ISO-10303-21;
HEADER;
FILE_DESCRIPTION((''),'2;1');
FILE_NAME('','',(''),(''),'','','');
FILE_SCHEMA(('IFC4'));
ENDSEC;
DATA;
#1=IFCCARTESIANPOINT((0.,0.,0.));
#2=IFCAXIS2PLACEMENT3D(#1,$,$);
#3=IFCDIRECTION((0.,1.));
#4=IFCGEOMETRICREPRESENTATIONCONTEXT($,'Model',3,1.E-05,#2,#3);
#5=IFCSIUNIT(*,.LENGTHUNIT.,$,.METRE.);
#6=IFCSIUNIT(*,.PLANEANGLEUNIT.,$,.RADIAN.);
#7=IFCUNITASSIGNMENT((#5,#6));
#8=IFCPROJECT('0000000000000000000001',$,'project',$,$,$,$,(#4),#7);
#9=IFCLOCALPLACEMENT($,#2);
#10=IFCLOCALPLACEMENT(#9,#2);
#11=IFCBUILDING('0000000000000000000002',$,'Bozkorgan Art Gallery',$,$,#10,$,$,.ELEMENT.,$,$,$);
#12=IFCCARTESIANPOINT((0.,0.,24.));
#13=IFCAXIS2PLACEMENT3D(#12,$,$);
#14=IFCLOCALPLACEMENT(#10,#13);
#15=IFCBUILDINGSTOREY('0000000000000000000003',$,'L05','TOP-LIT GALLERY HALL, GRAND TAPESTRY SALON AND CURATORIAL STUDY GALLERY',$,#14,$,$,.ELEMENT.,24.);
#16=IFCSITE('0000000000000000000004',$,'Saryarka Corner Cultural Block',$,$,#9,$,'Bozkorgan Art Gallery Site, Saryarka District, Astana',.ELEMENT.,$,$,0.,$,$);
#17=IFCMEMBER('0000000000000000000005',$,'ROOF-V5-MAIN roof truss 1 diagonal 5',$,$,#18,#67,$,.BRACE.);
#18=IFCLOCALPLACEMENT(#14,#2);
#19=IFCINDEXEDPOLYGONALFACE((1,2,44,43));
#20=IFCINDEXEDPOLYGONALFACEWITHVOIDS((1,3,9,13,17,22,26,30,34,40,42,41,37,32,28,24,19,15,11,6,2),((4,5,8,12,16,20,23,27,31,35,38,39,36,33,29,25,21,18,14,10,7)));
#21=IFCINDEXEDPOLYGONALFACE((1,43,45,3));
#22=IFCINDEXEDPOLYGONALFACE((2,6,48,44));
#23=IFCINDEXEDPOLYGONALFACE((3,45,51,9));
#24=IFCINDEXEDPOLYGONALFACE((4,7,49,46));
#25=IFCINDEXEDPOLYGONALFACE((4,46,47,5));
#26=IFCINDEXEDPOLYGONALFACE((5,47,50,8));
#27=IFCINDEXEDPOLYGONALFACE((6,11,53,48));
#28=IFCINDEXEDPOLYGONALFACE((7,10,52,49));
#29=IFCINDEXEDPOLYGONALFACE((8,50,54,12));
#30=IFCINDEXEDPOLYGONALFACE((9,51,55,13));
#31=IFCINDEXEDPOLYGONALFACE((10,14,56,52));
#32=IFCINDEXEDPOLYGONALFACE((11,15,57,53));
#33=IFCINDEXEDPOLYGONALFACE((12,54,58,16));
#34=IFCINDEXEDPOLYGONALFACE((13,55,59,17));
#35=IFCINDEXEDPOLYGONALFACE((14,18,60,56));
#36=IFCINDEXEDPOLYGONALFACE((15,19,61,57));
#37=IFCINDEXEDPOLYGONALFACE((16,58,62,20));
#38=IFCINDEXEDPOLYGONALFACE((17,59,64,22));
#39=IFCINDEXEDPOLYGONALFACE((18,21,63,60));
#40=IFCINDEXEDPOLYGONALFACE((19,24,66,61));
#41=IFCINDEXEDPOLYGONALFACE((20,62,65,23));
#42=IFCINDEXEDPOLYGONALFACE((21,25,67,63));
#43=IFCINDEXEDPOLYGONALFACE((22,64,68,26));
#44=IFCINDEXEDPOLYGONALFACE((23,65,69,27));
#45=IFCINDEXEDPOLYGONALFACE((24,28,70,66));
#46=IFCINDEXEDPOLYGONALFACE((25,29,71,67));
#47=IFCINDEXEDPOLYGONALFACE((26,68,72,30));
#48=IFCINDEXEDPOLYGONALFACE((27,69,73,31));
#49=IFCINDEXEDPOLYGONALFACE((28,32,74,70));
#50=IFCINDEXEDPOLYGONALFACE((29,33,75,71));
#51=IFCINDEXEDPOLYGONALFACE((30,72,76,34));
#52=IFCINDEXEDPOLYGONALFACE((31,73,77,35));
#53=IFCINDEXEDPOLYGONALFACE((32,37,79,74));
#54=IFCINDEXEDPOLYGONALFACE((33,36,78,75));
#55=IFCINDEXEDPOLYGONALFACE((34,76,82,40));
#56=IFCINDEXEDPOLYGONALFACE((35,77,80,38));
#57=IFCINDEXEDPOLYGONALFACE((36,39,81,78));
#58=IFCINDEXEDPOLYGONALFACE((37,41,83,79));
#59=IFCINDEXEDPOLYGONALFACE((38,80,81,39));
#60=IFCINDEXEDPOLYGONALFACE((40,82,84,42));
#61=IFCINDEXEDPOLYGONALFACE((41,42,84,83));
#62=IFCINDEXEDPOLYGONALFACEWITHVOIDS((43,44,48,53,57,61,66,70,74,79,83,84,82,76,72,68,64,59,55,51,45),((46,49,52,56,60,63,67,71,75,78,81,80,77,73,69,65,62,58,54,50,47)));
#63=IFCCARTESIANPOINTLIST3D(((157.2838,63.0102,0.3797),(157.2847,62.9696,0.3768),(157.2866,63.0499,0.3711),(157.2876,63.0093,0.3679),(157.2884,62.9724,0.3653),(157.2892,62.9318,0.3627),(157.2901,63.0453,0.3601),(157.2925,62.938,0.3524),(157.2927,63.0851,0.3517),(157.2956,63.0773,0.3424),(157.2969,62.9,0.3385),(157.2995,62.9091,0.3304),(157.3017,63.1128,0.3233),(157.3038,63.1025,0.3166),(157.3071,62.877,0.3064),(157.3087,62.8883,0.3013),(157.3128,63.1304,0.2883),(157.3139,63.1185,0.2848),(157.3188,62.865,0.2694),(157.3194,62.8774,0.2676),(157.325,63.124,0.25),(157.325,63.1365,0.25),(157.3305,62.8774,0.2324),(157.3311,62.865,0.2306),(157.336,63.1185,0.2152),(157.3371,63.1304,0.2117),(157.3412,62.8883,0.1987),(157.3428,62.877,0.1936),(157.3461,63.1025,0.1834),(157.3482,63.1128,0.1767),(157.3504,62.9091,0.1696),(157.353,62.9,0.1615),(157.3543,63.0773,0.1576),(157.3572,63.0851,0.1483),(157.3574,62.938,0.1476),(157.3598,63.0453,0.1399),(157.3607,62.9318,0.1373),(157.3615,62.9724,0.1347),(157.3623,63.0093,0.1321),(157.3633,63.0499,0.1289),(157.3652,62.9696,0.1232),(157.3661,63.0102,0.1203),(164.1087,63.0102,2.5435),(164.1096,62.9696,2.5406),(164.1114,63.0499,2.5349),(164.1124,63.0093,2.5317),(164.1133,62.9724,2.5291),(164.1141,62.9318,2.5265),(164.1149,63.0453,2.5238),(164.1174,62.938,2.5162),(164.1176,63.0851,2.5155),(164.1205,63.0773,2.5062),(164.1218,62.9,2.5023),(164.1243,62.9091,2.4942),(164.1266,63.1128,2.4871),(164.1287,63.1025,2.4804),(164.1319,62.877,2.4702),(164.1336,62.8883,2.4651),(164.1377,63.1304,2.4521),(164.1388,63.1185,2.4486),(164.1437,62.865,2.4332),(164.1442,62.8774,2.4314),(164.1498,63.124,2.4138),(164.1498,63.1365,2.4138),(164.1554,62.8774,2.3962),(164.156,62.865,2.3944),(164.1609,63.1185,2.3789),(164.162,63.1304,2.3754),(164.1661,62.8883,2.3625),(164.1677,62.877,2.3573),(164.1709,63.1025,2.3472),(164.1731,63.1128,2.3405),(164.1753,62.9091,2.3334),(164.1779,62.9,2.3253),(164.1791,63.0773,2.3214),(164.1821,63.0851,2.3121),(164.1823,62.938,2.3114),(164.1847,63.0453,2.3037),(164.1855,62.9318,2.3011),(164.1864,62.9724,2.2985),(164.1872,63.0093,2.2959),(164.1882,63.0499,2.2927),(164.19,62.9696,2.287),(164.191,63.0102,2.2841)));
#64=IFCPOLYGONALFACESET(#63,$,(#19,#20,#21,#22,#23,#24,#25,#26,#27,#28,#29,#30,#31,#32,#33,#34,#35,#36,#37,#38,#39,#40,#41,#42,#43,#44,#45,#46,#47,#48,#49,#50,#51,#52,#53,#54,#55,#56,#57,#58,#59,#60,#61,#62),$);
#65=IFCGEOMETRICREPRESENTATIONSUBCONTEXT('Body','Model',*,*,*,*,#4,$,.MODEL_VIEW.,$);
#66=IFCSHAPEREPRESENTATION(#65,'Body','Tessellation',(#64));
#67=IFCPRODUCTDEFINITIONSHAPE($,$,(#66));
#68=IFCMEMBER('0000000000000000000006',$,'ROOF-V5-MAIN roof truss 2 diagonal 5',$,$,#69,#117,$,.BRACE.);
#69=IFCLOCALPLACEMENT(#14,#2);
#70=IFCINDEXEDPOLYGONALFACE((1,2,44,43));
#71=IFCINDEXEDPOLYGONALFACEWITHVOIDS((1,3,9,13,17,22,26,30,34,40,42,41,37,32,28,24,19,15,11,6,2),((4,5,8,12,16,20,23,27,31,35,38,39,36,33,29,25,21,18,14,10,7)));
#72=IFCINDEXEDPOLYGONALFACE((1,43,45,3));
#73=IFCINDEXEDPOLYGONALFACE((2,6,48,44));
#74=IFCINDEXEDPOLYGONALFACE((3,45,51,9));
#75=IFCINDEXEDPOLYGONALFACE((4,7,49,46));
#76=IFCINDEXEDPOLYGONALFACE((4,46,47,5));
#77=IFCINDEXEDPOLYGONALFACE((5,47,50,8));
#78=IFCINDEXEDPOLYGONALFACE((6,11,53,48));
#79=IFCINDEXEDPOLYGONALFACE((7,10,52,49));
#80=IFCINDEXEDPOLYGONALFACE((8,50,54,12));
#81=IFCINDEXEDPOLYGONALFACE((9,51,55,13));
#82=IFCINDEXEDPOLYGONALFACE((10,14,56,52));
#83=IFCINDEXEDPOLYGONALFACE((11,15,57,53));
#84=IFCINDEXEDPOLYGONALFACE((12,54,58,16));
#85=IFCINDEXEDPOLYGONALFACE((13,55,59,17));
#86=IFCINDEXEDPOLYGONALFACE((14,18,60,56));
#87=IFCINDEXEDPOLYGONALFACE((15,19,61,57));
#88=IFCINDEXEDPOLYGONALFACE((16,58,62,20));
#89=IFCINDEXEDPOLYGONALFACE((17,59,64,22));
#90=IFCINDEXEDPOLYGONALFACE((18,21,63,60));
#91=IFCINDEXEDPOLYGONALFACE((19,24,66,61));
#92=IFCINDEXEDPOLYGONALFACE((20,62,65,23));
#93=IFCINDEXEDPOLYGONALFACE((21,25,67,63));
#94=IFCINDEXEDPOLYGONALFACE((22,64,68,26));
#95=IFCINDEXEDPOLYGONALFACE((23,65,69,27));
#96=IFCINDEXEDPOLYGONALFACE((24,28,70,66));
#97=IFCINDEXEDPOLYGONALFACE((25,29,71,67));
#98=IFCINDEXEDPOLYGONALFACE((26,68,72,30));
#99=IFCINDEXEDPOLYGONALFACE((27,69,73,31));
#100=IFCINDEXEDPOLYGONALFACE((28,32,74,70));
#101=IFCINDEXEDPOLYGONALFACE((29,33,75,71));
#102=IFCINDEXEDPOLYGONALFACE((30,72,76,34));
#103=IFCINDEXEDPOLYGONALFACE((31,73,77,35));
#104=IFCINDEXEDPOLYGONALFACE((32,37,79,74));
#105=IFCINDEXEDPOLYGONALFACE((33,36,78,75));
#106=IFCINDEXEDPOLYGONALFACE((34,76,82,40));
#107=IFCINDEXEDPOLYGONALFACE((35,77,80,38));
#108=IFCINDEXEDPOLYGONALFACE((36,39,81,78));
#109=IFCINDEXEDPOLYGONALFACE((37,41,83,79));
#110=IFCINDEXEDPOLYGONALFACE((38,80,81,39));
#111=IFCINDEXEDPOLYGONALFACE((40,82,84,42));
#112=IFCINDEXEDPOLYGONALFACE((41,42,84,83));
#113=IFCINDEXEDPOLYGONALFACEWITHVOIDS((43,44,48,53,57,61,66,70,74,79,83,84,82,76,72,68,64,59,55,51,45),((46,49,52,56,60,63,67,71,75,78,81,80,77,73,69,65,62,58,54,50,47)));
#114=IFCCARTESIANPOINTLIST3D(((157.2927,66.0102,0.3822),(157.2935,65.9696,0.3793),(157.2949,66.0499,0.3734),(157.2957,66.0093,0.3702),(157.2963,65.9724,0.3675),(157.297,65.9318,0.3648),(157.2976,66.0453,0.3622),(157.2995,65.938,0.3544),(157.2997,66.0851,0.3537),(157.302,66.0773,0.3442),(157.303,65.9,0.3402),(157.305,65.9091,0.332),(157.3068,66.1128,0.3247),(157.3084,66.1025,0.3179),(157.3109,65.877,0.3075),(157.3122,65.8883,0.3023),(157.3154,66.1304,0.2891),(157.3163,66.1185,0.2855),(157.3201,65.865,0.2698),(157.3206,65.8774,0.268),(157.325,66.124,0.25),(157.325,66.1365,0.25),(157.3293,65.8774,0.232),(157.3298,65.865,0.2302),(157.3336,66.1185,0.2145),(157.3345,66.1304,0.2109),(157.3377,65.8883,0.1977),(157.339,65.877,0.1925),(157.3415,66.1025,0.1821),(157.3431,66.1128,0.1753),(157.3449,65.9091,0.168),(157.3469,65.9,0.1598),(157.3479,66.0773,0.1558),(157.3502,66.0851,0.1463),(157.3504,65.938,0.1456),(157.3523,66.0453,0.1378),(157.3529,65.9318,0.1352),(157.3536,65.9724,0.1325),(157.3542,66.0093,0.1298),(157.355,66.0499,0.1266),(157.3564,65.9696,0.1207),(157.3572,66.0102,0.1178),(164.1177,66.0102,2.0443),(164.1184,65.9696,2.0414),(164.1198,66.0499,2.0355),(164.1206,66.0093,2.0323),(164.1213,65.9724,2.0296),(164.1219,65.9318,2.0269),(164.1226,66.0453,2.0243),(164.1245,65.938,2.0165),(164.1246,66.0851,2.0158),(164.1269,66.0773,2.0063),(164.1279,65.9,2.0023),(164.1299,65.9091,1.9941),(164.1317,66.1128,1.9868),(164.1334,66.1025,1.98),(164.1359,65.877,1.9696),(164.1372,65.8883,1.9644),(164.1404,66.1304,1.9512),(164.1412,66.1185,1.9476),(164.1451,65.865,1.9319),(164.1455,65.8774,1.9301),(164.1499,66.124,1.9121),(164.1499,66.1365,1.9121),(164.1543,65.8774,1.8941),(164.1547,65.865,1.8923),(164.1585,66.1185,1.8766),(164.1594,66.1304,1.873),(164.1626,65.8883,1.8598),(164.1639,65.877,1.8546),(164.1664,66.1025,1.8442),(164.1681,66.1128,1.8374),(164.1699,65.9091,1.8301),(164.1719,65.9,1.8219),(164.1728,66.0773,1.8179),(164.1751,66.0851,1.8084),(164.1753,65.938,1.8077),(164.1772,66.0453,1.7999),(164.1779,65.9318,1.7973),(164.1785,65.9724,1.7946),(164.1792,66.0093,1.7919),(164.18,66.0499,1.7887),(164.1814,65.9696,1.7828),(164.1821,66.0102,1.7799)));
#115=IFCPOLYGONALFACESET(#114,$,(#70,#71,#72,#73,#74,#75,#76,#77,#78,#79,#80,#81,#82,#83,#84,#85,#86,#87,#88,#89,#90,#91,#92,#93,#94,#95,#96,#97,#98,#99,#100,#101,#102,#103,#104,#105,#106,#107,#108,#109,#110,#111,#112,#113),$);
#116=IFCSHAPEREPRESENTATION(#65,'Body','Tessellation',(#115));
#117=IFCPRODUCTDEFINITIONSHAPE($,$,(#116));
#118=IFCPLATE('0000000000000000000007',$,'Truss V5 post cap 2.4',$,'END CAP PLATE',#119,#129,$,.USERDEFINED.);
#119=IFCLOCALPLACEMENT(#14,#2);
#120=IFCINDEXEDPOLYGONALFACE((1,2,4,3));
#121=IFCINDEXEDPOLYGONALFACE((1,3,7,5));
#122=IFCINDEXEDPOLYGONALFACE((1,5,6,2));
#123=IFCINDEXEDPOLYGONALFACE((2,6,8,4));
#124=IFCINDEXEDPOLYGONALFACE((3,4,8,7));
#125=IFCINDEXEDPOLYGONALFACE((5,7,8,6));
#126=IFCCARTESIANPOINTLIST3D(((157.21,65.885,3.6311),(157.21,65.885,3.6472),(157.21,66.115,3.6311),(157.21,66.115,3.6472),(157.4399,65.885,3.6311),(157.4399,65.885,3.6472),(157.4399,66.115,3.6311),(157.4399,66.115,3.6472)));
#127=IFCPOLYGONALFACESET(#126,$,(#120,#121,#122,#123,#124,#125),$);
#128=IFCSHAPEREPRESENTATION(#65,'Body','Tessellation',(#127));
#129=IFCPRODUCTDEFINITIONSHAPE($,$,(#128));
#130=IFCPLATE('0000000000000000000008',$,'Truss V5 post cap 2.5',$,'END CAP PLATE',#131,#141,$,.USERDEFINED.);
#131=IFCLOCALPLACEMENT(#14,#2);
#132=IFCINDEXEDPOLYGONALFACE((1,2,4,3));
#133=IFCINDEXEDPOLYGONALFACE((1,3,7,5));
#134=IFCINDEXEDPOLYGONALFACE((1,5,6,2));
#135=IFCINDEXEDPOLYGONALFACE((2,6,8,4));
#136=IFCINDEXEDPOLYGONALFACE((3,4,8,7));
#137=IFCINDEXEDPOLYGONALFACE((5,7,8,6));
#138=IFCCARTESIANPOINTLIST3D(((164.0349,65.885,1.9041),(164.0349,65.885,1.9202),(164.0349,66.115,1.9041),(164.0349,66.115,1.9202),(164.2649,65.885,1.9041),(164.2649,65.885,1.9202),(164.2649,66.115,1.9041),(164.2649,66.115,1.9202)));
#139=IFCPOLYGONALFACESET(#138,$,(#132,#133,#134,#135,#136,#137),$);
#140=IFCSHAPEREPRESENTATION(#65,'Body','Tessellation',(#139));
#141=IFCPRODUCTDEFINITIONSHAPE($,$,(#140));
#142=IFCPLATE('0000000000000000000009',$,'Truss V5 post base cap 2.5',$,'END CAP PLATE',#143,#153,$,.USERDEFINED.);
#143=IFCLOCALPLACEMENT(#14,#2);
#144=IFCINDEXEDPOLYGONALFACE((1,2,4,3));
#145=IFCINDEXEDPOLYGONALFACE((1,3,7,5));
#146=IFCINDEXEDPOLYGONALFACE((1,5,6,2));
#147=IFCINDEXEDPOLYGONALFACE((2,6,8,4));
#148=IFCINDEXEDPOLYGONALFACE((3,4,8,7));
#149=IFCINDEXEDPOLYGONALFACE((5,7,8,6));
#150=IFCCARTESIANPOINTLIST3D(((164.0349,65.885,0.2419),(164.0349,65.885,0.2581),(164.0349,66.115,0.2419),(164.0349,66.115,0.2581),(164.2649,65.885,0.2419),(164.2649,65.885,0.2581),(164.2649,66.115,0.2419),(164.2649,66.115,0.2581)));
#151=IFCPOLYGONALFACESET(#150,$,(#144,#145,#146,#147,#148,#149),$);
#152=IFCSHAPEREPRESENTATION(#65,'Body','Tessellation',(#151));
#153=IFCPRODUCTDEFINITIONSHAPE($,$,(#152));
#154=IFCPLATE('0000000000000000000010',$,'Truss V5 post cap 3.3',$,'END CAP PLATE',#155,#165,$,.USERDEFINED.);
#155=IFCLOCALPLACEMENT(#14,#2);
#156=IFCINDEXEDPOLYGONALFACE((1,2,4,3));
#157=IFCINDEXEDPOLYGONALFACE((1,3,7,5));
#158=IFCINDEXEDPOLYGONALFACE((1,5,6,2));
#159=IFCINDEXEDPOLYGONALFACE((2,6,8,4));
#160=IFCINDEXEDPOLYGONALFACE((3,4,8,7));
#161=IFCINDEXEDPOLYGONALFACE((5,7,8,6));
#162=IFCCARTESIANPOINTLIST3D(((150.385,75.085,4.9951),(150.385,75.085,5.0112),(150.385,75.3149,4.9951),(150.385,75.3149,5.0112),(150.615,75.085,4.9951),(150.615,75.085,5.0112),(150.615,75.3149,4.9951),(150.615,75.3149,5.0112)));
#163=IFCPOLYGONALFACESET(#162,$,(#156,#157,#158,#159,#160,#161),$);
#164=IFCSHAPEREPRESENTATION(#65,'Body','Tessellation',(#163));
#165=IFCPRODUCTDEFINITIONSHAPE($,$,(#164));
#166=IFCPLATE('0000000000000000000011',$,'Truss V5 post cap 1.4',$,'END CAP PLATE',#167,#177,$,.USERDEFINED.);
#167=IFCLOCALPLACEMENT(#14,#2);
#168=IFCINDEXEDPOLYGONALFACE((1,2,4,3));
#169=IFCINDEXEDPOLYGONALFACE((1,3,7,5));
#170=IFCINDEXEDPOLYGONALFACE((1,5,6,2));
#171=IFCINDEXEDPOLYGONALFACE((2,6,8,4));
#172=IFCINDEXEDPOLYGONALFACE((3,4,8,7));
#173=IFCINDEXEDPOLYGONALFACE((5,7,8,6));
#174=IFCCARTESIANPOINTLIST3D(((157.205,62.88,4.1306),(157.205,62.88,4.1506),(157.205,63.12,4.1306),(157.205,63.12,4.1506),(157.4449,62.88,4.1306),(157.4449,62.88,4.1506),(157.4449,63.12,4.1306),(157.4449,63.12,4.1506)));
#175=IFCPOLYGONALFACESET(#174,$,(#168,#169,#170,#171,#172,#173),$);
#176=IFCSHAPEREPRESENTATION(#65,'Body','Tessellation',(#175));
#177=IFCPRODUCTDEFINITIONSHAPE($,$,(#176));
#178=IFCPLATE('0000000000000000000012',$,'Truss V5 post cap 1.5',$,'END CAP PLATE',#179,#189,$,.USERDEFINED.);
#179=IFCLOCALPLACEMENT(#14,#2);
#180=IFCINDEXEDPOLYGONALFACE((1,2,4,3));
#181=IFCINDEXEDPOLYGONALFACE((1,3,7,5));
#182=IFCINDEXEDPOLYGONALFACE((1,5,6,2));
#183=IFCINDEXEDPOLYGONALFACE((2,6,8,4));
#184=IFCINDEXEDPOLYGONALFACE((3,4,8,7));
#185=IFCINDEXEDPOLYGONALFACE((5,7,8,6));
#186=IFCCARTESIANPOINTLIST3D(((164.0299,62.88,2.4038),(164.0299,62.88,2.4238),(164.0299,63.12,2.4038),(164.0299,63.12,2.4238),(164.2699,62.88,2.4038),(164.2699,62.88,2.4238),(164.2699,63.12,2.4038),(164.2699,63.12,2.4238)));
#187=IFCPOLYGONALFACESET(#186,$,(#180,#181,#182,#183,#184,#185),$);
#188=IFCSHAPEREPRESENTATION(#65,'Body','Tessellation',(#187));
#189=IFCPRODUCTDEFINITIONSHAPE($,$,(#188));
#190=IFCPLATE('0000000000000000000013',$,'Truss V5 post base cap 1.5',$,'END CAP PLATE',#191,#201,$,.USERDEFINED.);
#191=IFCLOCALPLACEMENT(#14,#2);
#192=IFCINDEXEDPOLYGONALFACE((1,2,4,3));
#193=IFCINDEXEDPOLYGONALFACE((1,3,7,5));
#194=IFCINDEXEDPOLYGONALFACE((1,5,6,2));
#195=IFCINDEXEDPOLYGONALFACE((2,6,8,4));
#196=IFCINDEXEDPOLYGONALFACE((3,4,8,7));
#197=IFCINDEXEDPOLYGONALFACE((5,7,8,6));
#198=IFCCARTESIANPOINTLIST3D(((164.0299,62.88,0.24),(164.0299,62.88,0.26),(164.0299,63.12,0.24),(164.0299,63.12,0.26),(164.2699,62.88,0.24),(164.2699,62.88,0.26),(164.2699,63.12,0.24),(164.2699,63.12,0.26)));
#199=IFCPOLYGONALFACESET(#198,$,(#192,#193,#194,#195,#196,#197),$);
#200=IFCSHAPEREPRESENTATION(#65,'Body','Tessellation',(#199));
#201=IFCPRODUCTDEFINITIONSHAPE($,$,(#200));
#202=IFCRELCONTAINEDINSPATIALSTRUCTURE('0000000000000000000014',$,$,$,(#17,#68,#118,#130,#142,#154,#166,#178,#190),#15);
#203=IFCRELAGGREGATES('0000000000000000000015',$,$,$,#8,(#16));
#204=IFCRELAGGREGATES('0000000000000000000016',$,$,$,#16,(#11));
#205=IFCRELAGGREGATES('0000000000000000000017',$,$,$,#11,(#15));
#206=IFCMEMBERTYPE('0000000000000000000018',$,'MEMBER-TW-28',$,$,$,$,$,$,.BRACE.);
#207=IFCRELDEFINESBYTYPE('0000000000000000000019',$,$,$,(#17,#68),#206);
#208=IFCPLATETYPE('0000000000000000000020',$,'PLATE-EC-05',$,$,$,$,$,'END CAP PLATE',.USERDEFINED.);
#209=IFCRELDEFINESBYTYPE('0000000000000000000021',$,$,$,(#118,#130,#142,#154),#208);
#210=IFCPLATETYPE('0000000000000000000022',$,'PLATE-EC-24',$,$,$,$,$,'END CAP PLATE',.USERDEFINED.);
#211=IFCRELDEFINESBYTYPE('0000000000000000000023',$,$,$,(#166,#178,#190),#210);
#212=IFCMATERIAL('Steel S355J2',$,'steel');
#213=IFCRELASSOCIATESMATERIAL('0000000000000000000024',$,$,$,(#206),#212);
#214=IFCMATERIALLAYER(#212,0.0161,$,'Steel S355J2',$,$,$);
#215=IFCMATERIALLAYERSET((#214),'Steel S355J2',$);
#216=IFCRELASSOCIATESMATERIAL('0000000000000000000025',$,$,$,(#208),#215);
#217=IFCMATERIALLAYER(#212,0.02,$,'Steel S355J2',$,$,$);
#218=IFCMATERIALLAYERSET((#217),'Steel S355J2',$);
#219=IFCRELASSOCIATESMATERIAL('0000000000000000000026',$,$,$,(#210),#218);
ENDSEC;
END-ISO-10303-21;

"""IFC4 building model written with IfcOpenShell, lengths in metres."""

from ifc_helpers import new_model, si_unit, direction, frame, origin, origin_2d, place, context, subcontext, project, spatial, rectangle, hollow_circle, extrude, material, layer, layer_set, material_profile, profile_set, type_object, element, save


model = new_model("IFC4")

# Units and contexts
model_context = context("Model", 3, precision=1e-05, world=origin(), true_north=direction((0.0, 1.0)))
body_context = subcontext(model_context, "Body", "Model", "MODEL_VIEW")
ifc_project = project(units=[si_unit("LENGTHUNIT", "METRE"), si_unit("PLANEANGLEUNIT", "RADIAN")], contexts=[model_context])

# Site, building, storey
site_placement = place(None, origin())
site = spatial("IfcSite", under=ifc_project, at=site_placement, Name="Saryarka Corner Cultural Block", LongName="Bozkorgan Art Gallery Site, Saryarka District, Astana", CompositionType="ELEMENT", RefElevation=0.0)
building_placement = place(site_placement, origin())
building = spatial("IfcBuilding", under=site, at=building_placement, Name="Bozkorgan Art Gallery", CompositionType="ELEMENT")
storey_placement = place(building_placement, frame((0.0, 0.0, 24.0)))
storey = spatial("IfcBuildingStorey", under=building, at=storey_placement, Name="L05", Description="TOP-LIT GALLERY HALL, GRAND TAPESTRY SALON AND CURATORIAL STUDY GALLERY", CompositionType="ELEMENT", Elevation=24.0)

# Shared definitions
ifc_material_1 = material(Name="Steel S355J2", Category="steel")

# Members
ifc_material_profile_1 = material_profile(ifc_material_1, hollow_circle(Radius=0.1365, WallThickness=0.0125, at=origin_2d()), Name="CHS 273x12.5")
ifc_profile_set_1 = profile_set([ifc_material_profile_1], Name="Steel S355J2")
member_type_1 = type_object("IfcMemberType", Name="MEMBER-TW-28", PredefinedType="BRACE", material=ifc_profile_set_1)
member_1_placement = place(storey_placement, frame((157.325, 63.0, 0.25), z_axis=(0.953238, 0.0, 0.30222), x_axis=(0.0, 1.0, 0.0)))
element("IfcMember", 1, at=member_1_placement, inside=storey, type_object=member_type_1, Name="ROOF-V5-MAIN roof truss 1 diagonal 5", PredefinedType="BRACE", context=body_context, shape_type="SweptSolid", body=[
    extrude(hollow_circle(Radius=0.1365, WallThickness=0.0125, at=origin_2d()), origin(), (0.0, 0.0, 1.0), 7.1597),
])
member_2_placement = place(storey_placement, frame((157.325, 66.0, 0.25), z_axis=(0.971603, 0.0, 0.236619), x_axis=(0.0, 1.0, 0.0)))
element("IfcMember", 2, at=member_2_placement, inside=storey, type_object=member_type_1, Name="ROOF-V5-MAIN roof truss 2 diagonal 5", PredefinedType="BRACE", context=body_context, shape_type="SweptSolid", body=[
    extrude(hollow_circle(Radius=0.1365, WallThickness=0.0125, at=origin_2d()), origin(), (0.0, 0.0, 1.0), 7.0244),
])

# Plates
ifc_layer_1 = layer(ifc_material_1, 0.0161, Name="Steel S355J2")
ifc_layer_set_1 = layer_set([ifc_layer_1], Name="Steel S355J2")
plate_type_1 = type_object("IfcPlateType", Name="PLATE-EC-05", ElementType="END CAP PLATE", PredefinedType="USERDEFINED", material=ifc_layer_set_1)
for number, where, z_axis, x_axis, name in (
    (3, (157.325, 66.0, 3.6311), (0.0, 0.0, 1.0), (1.0, 0.0, 0.0), "Truss V5 post cap 2.4"),
    (4, (164.1499, 66.0, 1.9041), (0.0, 0.0, 1.0), (1.0, 0.0, 0.0), "Truss V5 post cap 2.5"),
    (5, (164.1499, 66.0, 0.2419), (0.0, 0.0, 1.0), (1.0, 0.0, 0.0), "Truss V5 post base cap 2.5"),
    (6, (150.5, 75.2, 4.9951), (0.0, 0.0, 1.0), (1.0, 0.0, 0.0), "Truss V5 post cap 3.3"),
):
    element("IfcPlate", number, at=place(storey_placement, frame(where, z_axis=z_axis, x_axis=x_axis)), inside=storey, type_object=plate_type_1, Name=name, ObjectType="END CAP PLATE", PredefinedType="USERDEFINED", context=body_context, shape_type="SweptSolid", body=[
        extrude(rectangle(XDim=0.23, YDim=0.23, at=origin_2d()), origin(), (0.0, 0.0, 1.0), 0.0161),
    ])
ifc_layer_2 = layer(ifc_material_1, 0.02, Name="Steel S355J2")
ifc_layer_set_2 = layer_set([ifc_layer_2], Name="Steel S355J2")
plate_type_2 = type_object("IfcPlateType", Name="PLATE-EC-24", ElementType="END CAP PLATE", PredefinedType="USERDEFINED", material=ifc_layer_set_2)
for number, where, z_axis, x_axis, name in (
    (7, (157.325, 63.0, 4.1306), (0.0, 0.0, 1.0), (1.0, 0.0, 0.0), "Truss V5 post cap 1.4"),
    (8, (164.1499, 63.0, 2.4038), (0.0, 0.0, 1.0), (1.0, 0.0, 0.0), "Truss V5 post cap 1.5"),
    (9, (164.1499, 63.0, 0.24), (0.0, 0.0, 1.0), (1.0, 0.0, 0.0), "Truss V5 post base cap 1.5"),
):
    element("IfcPlate", number, at=place(storey_placement, frame(where, z_axis=z_axis, x_axis=x_axis)), inside=storey, type_object=plate_type_2, Name=name, ObjectType="END CAP PLATE", PredefinedType="USERDEFINED", context=body_context, shape_type="SweptSolid", body=[
        extrude(rectangle(XDim=0.24, YDim=0.24, at=origin_2d()), origin(), (0.0, 0.0, 1.0), 0.02),
    ])

save(model, "model.ifc")
